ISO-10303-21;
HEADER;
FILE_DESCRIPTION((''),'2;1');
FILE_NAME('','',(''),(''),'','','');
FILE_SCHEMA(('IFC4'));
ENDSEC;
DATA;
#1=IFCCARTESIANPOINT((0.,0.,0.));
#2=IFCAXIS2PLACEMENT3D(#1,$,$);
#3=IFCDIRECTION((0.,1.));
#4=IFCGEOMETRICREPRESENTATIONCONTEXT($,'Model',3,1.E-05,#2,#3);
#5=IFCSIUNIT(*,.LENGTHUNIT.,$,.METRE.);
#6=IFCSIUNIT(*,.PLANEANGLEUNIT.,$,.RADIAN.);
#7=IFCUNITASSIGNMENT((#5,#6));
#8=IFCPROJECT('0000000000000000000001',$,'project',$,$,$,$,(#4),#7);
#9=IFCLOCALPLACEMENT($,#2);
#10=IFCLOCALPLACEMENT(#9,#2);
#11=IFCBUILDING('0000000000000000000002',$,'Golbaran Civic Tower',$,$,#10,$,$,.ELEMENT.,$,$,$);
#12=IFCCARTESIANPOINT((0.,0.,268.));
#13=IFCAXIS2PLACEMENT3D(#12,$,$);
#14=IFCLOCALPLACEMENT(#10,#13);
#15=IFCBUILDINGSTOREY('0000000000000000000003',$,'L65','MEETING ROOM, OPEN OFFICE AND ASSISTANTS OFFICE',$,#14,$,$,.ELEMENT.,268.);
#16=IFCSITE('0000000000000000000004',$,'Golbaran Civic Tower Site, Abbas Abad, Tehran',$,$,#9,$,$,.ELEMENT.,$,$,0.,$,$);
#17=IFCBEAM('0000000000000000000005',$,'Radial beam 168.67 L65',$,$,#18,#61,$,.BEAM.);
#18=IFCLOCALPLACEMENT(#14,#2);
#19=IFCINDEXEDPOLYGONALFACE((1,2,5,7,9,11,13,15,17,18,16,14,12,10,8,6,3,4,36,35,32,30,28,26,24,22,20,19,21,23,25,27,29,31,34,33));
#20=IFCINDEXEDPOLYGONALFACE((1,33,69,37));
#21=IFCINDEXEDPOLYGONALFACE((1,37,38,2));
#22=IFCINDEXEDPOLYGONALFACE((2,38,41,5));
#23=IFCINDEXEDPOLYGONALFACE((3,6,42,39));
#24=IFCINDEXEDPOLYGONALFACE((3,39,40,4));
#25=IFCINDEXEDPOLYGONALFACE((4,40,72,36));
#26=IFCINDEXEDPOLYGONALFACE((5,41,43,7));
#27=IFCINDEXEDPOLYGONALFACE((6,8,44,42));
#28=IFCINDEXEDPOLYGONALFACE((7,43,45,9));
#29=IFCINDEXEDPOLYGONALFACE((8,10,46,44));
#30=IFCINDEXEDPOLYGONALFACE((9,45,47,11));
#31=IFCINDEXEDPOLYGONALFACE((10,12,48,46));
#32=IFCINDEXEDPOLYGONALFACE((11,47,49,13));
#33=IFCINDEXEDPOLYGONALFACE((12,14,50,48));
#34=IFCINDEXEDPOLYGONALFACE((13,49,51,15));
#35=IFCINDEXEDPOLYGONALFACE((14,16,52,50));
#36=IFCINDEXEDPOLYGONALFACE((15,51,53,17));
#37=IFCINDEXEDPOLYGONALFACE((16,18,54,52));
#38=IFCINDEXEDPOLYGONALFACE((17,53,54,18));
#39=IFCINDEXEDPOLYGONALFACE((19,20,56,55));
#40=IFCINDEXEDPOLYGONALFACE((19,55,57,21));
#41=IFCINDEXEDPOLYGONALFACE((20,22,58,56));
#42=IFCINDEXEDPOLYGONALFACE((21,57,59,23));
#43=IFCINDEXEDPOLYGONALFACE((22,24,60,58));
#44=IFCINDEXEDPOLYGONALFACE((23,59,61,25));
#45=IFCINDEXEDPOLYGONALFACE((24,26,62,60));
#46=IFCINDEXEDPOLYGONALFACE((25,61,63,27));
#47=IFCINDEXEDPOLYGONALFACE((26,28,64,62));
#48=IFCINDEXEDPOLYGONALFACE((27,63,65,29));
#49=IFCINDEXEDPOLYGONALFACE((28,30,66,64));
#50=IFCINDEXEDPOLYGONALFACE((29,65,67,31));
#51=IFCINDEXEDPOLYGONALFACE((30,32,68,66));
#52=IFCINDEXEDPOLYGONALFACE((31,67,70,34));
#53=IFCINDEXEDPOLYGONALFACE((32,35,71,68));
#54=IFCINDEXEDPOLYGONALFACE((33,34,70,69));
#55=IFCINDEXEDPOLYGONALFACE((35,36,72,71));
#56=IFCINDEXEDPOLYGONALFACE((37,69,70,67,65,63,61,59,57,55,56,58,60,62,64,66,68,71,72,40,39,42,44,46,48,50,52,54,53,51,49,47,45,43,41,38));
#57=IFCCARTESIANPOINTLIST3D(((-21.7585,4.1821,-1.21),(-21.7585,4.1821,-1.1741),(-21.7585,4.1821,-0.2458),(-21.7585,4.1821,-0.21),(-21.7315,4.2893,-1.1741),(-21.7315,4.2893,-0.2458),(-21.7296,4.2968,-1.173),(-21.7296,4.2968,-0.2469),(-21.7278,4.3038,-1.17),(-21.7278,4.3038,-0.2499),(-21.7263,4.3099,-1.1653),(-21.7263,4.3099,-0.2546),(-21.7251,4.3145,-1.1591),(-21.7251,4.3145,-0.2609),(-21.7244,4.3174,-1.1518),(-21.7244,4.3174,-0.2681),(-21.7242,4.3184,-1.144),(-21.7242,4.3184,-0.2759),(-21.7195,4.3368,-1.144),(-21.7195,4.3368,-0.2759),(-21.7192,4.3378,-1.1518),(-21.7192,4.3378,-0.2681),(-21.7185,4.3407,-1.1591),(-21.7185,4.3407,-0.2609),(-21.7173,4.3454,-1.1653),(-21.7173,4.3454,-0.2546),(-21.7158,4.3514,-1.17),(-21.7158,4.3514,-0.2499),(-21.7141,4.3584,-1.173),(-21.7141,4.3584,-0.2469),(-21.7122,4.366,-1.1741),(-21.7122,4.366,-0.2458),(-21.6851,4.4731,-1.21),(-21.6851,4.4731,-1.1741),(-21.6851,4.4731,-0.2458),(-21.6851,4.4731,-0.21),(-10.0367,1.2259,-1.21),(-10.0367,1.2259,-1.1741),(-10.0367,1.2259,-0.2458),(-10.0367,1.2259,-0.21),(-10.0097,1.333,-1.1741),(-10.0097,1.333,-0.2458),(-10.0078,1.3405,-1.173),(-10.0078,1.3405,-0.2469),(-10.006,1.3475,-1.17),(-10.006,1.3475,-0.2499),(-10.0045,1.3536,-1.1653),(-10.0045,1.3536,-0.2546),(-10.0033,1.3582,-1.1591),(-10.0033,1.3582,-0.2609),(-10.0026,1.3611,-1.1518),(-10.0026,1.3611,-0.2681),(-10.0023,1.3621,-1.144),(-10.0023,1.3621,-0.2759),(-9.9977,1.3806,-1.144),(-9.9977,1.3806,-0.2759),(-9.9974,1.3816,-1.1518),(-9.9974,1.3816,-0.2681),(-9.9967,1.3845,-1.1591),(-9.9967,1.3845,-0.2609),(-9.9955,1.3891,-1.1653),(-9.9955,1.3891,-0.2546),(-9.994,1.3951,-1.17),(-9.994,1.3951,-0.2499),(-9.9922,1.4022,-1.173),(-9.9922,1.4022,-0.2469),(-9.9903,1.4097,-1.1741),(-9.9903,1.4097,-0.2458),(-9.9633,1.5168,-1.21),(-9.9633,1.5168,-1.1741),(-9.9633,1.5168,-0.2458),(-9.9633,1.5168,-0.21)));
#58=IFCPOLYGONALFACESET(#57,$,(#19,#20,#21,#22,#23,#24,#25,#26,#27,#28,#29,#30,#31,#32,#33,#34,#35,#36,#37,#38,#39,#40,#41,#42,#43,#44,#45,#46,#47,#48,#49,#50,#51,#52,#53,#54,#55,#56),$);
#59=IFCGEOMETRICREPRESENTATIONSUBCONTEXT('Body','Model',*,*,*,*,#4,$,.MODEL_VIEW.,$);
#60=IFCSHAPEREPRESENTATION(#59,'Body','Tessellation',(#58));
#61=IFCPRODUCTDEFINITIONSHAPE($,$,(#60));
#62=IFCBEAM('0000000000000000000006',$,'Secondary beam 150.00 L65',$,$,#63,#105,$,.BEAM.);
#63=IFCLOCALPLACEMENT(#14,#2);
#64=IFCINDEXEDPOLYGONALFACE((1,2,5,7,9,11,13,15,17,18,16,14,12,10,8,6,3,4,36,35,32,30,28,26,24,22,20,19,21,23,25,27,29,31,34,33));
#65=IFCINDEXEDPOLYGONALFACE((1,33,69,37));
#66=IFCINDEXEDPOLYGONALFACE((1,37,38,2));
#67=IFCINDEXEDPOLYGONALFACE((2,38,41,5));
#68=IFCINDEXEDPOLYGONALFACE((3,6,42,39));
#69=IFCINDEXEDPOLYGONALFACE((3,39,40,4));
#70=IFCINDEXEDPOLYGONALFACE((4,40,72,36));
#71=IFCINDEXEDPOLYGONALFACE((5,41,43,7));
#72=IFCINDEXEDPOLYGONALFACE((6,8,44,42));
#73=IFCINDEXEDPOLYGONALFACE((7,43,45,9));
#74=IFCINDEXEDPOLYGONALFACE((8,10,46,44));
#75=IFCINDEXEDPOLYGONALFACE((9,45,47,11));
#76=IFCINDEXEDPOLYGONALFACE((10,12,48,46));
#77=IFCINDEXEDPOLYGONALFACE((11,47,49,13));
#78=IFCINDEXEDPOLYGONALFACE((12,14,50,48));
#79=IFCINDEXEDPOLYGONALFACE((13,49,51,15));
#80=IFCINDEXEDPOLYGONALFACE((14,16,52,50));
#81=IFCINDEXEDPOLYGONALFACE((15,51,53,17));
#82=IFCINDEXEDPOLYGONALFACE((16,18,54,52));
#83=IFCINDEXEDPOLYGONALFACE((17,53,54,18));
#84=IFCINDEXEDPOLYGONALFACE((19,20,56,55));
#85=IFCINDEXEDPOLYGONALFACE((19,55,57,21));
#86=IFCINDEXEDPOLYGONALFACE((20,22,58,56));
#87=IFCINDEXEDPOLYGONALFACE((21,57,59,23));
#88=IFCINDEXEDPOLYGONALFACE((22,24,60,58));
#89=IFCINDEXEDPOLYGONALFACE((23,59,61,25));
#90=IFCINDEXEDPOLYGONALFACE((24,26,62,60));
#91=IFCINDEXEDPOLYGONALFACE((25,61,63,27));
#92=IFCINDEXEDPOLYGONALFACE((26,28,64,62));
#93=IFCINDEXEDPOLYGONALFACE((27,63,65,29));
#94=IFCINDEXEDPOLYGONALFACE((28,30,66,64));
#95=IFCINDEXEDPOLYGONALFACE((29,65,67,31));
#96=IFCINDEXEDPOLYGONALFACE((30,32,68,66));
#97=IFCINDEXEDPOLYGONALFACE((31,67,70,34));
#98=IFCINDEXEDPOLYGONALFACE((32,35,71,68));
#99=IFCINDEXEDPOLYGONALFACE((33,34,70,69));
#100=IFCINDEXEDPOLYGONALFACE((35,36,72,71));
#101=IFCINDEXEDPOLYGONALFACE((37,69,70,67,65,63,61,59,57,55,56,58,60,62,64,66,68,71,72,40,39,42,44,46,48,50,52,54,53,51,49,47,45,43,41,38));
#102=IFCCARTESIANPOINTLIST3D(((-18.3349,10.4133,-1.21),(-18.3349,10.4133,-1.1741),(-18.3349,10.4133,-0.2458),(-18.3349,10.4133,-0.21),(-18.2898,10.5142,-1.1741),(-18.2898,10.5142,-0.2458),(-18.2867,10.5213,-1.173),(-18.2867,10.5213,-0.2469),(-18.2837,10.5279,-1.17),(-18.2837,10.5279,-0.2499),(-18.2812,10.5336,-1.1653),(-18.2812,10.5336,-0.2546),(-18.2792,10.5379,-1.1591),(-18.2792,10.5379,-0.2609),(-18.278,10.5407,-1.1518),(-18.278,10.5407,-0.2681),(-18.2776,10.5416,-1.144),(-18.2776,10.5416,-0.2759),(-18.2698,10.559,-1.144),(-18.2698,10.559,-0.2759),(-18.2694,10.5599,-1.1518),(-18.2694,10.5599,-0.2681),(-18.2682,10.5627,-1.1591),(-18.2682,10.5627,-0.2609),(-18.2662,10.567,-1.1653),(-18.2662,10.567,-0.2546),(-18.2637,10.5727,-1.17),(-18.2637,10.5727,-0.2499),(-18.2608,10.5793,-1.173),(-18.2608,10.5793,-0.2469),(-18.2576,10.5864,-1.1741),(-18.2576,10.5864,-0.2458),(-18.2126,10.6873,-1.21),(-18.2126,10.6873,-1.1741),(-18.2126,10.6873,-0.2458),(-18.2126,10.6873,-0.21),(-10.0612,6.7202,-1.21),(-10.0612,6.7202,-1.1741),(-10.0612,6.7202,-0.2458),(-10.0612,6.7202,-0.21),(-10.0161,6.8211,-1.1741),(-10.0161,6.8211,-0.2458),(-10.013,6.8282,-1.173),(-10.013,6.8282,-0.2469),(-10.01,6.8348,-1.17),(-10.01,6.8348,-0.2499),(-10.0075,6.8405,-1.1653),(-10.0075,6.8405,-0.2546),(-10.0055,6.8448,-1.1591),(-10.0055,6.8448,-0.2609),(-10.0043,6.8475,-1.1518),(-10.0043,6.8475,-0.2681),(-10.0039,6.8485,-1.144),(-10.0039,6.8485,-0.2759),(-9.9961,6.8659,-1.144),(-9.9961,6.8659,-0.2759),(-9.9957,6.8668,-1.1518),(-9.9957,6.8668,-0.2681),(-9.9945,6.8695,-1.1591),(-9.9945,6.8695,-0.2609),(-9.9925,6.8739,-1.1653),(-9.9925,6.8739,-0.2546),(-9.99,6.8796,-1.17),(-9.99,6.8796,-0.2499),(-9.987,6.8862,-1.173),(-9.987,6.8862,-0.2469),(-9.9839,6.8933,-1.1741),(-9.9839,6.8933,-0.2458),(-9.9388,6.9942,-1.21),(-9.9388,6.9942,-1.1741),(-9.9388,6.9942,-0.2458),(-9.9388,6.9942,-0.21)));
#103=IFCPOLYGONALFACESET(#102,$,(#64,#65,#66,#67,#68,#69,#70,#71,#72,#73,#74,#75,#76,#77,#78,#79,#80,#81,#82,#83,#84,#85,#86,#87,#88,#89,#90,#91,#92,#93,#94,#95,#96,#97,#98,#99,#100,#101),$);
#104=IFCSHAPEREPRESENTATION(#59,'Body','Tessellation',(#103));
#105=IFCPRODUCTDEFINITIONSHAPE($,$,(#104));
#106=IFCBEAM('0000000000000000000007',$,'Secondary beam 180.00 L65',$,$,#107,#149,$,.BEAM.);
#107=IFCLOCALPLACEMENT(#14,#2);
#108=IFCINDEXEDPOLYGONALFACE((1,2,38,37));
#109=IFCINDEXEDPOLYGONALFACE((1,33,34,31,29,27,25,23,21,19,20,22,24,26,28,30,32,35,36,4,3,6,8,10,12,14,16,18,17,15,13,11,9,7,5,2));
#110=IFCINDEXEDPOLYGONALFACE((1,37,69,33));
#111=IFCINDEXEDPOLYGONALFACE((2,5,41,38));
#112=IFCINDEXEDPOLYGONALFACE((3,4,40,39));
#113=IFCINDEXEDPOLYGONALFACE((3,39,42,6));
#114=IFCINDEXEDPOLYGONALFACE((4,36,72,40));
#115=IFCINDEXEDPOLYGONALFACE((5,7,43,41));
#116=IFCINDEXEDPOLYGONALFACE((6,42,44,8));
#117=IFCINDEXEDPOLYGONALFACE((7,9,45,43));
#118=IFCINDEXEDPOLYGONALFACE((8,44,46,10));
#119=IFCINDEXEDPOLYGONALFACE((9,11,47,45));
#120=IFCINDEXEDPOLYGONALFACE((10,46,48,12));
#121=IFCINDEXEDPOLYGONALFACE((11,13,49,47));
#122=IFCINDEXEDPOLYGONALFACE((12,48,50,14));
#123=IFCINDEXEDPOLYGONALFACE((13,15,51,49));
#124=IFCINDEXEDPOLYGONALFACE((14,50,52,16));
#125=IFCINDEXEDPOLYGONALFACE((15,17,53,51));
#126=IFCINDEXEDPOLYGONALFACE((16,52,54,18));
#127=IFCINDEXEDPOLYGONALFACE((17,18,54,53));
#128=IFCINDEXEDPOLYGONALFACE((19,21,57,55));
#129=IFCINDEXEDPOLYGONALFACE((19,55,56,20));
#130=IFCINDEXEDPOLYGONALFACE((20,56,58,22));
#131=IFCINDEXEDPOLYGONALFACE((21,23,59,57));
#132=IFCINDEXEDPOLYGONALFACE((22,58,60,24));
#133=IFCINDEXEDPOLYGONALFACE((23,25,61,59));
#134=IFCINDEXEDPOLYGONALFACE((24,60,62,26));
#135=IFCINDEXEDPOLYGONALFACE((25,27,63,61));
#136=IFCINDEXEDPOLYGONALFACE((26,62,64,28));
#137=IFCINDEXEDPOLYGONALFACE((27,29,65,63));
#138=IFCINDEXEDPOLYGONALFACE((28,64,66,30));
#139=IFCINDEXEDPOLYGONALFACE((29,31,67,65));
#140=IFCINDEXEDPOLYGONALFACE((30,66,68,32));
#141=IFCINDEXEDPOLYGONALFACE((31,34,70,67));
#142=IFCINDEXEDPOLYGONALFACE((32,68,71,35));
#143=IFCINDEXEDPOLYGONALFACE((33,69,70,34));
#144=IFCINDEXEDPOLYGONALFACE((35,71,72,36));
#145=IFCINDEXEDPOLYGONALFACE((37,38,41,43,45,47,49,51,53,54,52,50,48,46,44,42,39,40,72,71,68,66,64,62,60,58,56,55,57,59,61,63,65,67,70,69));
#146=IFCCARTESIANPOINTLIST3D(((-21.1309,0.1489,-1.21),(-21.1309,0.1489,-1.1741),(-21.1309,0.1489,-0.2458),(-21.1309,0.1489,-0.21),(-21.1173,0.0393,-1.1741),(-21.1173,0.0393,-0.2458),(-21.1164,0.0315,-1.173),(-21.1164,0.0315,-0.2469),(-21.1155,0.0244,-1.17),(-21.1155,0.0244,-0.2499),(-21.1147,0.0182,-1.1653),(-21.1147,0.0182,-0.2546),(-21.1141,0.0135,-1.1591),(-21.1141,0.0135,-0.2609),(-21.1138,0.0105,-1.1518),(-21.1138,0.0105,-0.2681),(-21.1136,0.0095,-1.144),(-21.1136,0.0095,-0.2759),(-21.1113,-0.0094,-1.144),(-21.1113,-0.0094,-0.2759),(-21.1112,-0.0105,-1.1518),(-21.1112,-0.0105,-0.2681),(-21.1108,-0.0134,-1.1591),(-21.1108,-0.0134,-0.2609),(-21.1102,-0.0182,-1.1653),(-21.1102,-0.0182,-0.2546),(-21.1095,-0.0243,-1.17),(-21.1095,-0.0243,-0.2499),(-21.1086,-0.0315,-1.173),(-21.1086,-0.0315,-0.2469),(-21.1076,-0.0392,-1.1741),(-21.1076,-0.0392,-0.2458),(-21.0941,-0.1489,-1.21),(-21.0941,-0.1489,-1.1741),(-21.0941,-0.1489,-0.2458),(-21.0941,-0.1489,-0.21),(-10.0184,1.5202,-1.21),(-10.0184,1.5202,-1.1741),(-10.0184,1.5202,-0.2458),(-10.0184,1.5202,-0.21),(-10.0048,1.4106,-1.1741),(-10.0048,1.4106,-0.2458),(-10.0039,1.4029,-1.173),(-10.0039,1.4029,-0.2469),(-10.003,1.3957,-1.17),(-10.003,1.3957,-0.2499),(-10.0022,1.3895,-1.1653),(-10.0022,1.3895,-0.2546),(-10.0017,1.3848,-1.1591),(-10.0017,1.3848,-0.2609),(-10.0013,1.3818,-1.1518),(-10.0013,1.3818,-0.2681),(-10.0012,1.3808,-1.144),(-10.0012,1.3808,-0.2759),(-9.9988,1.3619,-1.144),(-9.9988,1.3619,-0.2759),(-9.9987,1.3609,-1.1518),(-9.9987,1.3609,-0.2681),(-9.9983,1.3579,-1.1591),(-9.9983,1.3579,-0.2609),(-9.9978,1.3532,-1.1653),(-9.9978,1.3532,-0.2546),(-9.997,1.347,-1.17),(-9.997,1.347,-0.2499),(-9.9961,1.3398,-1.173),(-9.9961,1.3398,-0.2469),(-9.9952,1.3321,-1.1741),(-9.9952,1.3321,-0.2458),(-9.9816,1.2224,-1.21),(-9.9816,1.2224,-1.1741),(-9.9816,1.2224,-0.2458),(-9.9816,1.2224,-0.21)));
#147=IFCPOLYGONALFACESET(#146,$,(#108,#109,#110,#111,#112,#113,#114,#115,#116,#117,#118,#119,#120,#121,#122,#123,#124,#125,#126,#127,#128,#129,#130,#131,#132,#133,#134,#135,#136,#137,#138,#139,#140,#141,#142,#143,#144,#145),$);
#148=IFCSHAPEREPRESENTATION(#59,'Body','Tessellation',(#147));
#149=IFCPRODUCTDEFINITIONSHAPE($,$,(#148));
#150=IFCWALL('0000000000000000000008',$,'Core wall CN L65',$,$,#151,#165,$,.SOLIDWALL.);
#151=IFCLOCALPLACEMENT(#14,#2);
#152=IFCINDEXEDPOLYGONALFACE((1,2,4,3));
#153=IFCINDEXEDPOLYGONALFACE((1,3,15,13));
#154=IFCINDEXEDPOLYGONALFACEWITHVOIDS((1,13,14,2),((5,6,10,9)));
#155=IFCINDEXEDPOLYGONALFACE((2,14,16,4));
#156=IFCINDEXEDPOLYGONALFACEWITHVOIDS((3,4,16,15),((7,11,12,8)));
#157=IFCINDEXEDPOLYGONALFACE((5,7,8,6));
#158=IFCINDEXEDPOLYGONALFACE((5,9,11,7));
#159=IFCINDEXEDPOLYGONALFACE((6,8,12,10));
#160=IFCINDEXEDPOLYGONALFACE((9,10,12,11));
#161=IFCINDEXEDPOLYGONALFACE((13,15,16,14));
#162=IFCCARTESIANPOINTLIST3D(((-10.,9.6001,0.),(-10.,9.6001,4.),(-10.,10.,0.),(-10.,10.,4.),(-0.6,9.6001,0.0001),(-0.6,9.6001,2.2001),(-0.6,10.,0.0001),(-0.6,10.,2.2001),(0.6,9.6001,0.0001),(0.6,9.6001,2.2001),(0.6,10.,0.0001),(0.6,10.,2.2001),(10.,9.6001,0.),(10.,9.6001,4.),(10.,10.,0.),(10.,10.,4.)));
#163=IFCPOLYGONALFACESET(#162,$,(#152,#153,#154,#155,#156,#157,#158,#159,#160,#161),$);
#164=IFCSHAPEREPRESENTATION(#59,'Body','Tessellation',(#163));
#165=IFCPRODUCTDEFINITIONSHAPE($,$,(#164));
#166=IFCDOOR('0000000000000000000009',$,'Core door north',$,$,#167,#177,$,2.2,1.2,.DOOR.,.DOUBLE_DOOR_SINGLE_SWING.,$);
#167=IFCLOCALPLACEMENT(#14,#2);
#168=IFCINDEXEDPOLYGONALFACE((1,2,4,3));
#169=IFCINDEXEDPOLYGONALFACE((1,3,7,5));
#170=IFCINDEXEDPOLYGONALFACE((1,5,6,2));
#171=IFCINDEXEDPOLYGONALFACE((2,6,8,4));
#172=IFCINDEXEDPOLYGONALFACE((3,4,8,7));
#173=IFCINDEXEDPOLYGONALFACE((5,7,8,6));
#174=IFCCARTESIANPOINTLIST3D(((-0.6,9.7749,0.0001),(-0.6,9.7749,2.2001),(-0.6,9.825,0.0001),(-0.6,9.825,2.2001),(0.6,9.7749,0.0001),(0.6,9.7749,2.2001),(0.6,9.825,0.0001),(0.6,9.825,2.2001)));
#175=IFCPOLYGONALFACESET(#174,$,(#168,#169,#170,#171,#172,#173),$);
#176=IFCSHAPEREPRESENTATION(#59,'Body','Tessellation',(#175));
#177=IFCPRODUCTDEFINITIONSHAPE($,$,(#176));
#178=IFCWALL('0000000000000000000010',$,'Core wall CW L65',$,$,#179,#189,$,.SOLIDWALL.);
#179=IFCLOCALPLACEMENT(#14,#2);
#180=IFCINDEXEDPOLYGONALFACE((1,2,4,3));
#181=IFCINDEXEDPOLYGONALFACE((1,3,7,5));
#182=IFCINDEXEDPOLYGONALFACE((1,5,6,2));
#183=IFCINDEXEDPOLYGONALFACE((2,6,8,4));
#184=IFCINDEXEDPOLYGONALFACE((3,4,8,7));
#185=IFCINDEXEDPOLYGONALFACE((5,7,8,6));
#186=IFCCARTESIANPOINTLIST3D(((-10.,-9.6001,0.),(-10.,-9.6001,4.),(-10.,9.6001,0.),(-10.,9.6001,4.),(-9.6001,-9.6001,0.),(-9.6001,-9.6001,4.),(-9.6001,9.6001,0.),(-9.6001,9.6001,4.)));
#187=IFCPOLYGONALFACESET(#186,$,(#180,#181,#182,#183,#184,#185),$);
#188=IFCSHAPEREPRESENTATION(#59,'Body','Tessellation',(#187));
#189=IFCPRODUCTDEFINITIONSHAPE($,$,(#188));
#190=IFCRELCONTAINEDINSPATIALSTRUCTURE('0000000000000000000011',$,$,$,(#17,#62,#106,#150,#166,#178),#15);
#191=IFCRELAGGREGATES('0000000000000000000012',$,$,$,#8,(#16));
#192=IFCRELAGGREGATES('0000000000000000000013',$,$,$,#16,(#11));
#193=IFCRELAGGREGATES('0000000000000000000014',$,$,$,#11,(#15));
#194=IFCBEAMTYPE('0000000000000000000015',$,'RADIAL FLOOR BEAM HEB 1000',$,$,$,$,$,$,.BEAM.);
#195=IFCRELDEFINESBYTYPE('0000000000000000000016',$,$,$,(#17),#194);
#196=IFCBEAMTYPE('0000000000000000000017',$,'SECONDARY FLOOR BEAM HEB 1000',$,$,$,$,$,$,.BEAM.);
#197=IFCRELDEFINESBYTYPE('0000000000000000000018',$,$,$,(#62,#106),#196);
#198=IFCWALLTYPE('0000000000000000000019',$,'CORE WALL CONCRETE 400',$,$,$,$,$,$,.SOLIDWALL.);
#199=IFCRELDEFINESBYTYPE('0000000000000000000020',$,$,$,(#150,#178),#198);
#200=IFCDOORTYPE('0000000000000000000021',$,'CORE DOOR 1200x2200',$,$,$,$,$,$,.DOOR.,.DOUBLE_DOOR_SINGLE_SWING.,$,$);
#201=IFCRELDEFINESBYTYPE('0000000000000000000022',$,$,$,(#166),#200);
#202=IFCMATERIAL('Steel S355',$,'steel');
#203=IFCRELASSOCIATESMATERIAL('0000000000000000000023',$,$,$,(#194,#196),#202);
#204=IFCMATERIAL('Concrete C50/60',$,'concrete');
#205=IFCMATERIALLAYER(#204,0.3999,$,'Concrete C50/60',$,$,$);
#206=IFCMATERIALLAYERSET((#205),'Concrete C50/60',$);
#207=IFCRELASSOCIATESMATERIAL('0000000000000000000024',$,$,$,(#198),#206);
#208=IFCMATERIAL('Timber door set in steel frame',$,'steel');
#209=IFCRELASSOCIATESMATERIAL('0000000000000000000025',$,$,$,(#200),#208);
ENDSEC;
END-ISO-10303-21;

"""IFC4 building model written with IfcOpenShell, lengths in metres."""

from ifc_helpers import new_model, si_unit, direction, frame, frame_2d, origin, origin_2d, place, context, subcontext, project, spatial, rectangle, i_section, extrude, material, layer, layer_set, material_profile, profile_set, type_object, element, fill, save


model = new_model("IFC4")

# Units and contexts
model_context = context("Model", 3, precision=1e-05, world=origin(), true_north=direction((0.0, 1.0)))
body_context = subcontext(model_context, "Body", "Model", "MODEL_VIEW")
ifc_project = project(units=[si_unit("LENGTHUNIT", "METRE"), si_unit("PLANEANGLEUNIT", "RADIAN")], contexts=[model_context])

# Site, building, storey
site_placement = place(None, origin())
site = spatial("IfcSite", under=ifc_project, at=site_placement, Name="Golbaran Civic Tower Site, Abbas Abad, Tehran", CompositionType="ELEMENT", RefElevation=0.0)
building_placement = place(site_placement, origin())
building = spatial("IfcBuilding", under=site, at=building_placement, Name="Golbaran Civic Tower", CompositionType="ELEMENT")
storey_placement = place(building_placement, frame((0.0, 0.0, 268.0)))
storey = spatial("IfcBuildingStorey", under=building, at=storey_placement, Name="L65", Description="MEETING ROOM, OPEN OFFICE AND ASSISTANTS OFFICE", CompositionType="ELEMENT", Elevation=268.0)

# Beams
ifc_material_1 = material(Name="Steel S355", Category="steel")
ifc_material_profile_1 = material_profile(ifc_material_1, i_section(OverallWidth=0.3, OverallDepth=1.0, WebThickness=0.019, FlangeThickness=0.0359, FilletRadius=0.03, at=origin_2d()), Name="HEB 1000")
ifc_profile_set_1 = profile_set([ifc_material_profile_1], Name="Steel S355")
beam_type_1 = type_object("IfcBeamType", Name="RADIAL FLOOR BEAM HEB 1000", PredefinedType="BEAM", material=ifc_profile_set_1)
beam_1_placement = place(storey_placement, frame((-10.0, 1.3713, -0.71), z_axis=(-0.969638, 0.244545, 0.0), x_axis=(-0.244545, -0.969638, 0.0)))
element("IfcBeam", 1, at=beam_1_placement, inside=storey, type_object=beam_type_1, Name="Radial beam 168.67 L65", PredefinedType="BEAM", context=body_context, shape_type="SweptSolid", body=[
    extrude(i_section(OverallWidth=0.3, OverallDepth=1.0, WebThickness=0.019, FlangeThickness=0.0359, FilletRadius=0.03, at=origin_2d()), origin(), (0.0, 0.0, 1.0), 12.0889),
])
ifc_material_profile_2 = material_profile(ifc_material_1, i_section(OverallWidth=0.3, OverallDepth=1.0, WebThickness=0.019, FlangeThickness=0.0359, FilletRadius=0.03, at=origin_2d()), Name="HEB 1000")
ifc_profile_set_2 = profile_set([ifc_material_profile_2], Name="Steel S355")
beam_type_2 = type_object("IfcBeamType", Name="SECONDARY FLOOR BEAM HEB 1000", PredefinedType="BEAM", material=ifc_profile_set_2)
beam_2_placement = place(storey_placement, frame((-10.0, 6.8572, -0.71), z_axis=(-0.913158, 0.407606, 0.0), x_axis=(-0.407606, -0.913158, 0.0)))
element("IfcBeam", 2, at=beam_2_placement, inside=storey, type_object=beam_type_2, Name="Secondary beam 150.00 L65", PredefinedType="BEAM", context=body_context, shape_type="SweptSolid", body=[
    extrude(i_section(OverallWidth=0.3, OverallDepth=1.0, WebThickness=0.019, FlangeThickness=0.0359, FilletRadius=0.03, at=origin_2d()), origin(), (0.0, 0.0, 1.0), 9.0605),
])
beam_3_placement = place(storey_placement, frame((-10.0, 1.3713, -0.71), z_axis=(-0.992472, -0.122475, 0.0), x_axis=(0.122475, -0.992472, 0.0)))
element("IfcBeam", 3, at=beam_3_placement, inside=storey, type_object=beam_type_2, Name="Secondary beam 180.00 L65", PredefinedType="BEAM", context=body_context, shape_type="SweptSolid", body=[
    extrude(i_section(OverallWidth=0.3, OverallDepth=1.0, WebThickness=0.019, FlangeThickness=0.0359, FilletRadius=0.03, at=origin_2d()), origin(), (0.0, 0.0, 1.0), 11.1968),
])

# Wall, opening, door
ifc_material_2 = material(Name="Concrete C50/60", Category="concrete")
ifc_layer_1 = layer(ifc_material_2, 0.3999, Name="Concrete C50/60")
ifc_layer_set_1 = layer_set([ifc_layer_1], Name="Concrete C50/60")
wall_type_1 = type_object("IfcWallType", Name="CORE WALL CONCRETE 400", PredefinedType="SOLIDWALL", material=ifc_layer_set_1)
wall_1_placement = place(storey_placement, frame((-10.0, 9.8, 0.0), z_axis=(0.0, 0.0, 1.0), x_axis=(1.0, 0.0, 0.0)))
wall_1 = element("IfcWall", 4, at=wall_1_placement, inside=storey, type_object=wall_type_1, Name="Core wall CN L65", PredefinedType="SOLIDWALL", context=body_context, shape_type="SweptSolid", body=[
    extrude(rectangle(XDim=20.0, YDim=0.3999, at=frame_2d((10.0, 0.0))), origin(), (0.0, 0.0, 1.0), 4.0),
])
opening_1_placement = place(wall_1_placement, frame((9.3999, 0.0, 0.0)))
opening_1 = element("IfcOpeningElement", 5, at=opening_1_placement, cuts=wall_1, PredefinedType="OPENING", context=body_context, shape_type="SweptSolid", body=[
    extrude(rectangle(XDim=1.2, YDim=2.2, at=frame_2d((0.6001, 1.1001))), frame((0.0, 0.21, 0.0), z_axis=(0.0, -1.0, 0.0), x_axis=(1.0, 0.0, 0.0)), (0.0, 0.0, 1.0), 0.4199),
])
ifc_material_3 = material(Name="Timber door set in steel frame", Category="steel")
door_type_1 = type_object("IfcDoorType", Name="CORE DOOR 1200x2200", OperationType="DOUBLE_DOOR_SINGLE_SWING", PredefinedType="DOOR", material=ifc_material_3)
door_1_placement = place(opening_1_placement, origin())
door_1 = element("IfcDoor", 6, at=door_1_placement, inside=storey, type_object=door_type_1, Name="Core door north", OperationType="DOUBLE_DOOR_SINGLE_SWING", OverallHeight=2.2, OverallWidth=1.2, PredefinedType="DOOR", context=body_context, shape_type="SweptSolid", body=[
    extrude(rectangle(XDim=1.2, YDim=2.2, at=frame_2d((0.6001, 1.1001))), frame((0.0, 0.0249, 0.0), z_axis=(0.0, -1.0, 0.0), x_axis=(1.0, 0.0, 0.0)), (0.0, 0.0, 1.0), 0.05),
])
fill(opening_1, door_1)

# Wall
wall_2_placement = place(storey_placement, frame((-9.8, 9.6001, 0.0), z_axis=(0.0, 0.0, 1.0), x_axis=(0.0, -1.0, 0.0)))
element("IfcWall", 7, at=wall_2_placement, inside=storey, type_object=wall_type_1, Name="Core wall CW L65", PredefinedType="SOLIDWALL", context=body_context, shape_type="SweptSolid", body=[
    extrude(rectangle(XDim=19.2002, YDim=0.3999, at=frame_2d((9.6001, 0.0))), origin(), (0.0, 0.0, 1.0), 4.0),
])

save(model, "model.ifc")
